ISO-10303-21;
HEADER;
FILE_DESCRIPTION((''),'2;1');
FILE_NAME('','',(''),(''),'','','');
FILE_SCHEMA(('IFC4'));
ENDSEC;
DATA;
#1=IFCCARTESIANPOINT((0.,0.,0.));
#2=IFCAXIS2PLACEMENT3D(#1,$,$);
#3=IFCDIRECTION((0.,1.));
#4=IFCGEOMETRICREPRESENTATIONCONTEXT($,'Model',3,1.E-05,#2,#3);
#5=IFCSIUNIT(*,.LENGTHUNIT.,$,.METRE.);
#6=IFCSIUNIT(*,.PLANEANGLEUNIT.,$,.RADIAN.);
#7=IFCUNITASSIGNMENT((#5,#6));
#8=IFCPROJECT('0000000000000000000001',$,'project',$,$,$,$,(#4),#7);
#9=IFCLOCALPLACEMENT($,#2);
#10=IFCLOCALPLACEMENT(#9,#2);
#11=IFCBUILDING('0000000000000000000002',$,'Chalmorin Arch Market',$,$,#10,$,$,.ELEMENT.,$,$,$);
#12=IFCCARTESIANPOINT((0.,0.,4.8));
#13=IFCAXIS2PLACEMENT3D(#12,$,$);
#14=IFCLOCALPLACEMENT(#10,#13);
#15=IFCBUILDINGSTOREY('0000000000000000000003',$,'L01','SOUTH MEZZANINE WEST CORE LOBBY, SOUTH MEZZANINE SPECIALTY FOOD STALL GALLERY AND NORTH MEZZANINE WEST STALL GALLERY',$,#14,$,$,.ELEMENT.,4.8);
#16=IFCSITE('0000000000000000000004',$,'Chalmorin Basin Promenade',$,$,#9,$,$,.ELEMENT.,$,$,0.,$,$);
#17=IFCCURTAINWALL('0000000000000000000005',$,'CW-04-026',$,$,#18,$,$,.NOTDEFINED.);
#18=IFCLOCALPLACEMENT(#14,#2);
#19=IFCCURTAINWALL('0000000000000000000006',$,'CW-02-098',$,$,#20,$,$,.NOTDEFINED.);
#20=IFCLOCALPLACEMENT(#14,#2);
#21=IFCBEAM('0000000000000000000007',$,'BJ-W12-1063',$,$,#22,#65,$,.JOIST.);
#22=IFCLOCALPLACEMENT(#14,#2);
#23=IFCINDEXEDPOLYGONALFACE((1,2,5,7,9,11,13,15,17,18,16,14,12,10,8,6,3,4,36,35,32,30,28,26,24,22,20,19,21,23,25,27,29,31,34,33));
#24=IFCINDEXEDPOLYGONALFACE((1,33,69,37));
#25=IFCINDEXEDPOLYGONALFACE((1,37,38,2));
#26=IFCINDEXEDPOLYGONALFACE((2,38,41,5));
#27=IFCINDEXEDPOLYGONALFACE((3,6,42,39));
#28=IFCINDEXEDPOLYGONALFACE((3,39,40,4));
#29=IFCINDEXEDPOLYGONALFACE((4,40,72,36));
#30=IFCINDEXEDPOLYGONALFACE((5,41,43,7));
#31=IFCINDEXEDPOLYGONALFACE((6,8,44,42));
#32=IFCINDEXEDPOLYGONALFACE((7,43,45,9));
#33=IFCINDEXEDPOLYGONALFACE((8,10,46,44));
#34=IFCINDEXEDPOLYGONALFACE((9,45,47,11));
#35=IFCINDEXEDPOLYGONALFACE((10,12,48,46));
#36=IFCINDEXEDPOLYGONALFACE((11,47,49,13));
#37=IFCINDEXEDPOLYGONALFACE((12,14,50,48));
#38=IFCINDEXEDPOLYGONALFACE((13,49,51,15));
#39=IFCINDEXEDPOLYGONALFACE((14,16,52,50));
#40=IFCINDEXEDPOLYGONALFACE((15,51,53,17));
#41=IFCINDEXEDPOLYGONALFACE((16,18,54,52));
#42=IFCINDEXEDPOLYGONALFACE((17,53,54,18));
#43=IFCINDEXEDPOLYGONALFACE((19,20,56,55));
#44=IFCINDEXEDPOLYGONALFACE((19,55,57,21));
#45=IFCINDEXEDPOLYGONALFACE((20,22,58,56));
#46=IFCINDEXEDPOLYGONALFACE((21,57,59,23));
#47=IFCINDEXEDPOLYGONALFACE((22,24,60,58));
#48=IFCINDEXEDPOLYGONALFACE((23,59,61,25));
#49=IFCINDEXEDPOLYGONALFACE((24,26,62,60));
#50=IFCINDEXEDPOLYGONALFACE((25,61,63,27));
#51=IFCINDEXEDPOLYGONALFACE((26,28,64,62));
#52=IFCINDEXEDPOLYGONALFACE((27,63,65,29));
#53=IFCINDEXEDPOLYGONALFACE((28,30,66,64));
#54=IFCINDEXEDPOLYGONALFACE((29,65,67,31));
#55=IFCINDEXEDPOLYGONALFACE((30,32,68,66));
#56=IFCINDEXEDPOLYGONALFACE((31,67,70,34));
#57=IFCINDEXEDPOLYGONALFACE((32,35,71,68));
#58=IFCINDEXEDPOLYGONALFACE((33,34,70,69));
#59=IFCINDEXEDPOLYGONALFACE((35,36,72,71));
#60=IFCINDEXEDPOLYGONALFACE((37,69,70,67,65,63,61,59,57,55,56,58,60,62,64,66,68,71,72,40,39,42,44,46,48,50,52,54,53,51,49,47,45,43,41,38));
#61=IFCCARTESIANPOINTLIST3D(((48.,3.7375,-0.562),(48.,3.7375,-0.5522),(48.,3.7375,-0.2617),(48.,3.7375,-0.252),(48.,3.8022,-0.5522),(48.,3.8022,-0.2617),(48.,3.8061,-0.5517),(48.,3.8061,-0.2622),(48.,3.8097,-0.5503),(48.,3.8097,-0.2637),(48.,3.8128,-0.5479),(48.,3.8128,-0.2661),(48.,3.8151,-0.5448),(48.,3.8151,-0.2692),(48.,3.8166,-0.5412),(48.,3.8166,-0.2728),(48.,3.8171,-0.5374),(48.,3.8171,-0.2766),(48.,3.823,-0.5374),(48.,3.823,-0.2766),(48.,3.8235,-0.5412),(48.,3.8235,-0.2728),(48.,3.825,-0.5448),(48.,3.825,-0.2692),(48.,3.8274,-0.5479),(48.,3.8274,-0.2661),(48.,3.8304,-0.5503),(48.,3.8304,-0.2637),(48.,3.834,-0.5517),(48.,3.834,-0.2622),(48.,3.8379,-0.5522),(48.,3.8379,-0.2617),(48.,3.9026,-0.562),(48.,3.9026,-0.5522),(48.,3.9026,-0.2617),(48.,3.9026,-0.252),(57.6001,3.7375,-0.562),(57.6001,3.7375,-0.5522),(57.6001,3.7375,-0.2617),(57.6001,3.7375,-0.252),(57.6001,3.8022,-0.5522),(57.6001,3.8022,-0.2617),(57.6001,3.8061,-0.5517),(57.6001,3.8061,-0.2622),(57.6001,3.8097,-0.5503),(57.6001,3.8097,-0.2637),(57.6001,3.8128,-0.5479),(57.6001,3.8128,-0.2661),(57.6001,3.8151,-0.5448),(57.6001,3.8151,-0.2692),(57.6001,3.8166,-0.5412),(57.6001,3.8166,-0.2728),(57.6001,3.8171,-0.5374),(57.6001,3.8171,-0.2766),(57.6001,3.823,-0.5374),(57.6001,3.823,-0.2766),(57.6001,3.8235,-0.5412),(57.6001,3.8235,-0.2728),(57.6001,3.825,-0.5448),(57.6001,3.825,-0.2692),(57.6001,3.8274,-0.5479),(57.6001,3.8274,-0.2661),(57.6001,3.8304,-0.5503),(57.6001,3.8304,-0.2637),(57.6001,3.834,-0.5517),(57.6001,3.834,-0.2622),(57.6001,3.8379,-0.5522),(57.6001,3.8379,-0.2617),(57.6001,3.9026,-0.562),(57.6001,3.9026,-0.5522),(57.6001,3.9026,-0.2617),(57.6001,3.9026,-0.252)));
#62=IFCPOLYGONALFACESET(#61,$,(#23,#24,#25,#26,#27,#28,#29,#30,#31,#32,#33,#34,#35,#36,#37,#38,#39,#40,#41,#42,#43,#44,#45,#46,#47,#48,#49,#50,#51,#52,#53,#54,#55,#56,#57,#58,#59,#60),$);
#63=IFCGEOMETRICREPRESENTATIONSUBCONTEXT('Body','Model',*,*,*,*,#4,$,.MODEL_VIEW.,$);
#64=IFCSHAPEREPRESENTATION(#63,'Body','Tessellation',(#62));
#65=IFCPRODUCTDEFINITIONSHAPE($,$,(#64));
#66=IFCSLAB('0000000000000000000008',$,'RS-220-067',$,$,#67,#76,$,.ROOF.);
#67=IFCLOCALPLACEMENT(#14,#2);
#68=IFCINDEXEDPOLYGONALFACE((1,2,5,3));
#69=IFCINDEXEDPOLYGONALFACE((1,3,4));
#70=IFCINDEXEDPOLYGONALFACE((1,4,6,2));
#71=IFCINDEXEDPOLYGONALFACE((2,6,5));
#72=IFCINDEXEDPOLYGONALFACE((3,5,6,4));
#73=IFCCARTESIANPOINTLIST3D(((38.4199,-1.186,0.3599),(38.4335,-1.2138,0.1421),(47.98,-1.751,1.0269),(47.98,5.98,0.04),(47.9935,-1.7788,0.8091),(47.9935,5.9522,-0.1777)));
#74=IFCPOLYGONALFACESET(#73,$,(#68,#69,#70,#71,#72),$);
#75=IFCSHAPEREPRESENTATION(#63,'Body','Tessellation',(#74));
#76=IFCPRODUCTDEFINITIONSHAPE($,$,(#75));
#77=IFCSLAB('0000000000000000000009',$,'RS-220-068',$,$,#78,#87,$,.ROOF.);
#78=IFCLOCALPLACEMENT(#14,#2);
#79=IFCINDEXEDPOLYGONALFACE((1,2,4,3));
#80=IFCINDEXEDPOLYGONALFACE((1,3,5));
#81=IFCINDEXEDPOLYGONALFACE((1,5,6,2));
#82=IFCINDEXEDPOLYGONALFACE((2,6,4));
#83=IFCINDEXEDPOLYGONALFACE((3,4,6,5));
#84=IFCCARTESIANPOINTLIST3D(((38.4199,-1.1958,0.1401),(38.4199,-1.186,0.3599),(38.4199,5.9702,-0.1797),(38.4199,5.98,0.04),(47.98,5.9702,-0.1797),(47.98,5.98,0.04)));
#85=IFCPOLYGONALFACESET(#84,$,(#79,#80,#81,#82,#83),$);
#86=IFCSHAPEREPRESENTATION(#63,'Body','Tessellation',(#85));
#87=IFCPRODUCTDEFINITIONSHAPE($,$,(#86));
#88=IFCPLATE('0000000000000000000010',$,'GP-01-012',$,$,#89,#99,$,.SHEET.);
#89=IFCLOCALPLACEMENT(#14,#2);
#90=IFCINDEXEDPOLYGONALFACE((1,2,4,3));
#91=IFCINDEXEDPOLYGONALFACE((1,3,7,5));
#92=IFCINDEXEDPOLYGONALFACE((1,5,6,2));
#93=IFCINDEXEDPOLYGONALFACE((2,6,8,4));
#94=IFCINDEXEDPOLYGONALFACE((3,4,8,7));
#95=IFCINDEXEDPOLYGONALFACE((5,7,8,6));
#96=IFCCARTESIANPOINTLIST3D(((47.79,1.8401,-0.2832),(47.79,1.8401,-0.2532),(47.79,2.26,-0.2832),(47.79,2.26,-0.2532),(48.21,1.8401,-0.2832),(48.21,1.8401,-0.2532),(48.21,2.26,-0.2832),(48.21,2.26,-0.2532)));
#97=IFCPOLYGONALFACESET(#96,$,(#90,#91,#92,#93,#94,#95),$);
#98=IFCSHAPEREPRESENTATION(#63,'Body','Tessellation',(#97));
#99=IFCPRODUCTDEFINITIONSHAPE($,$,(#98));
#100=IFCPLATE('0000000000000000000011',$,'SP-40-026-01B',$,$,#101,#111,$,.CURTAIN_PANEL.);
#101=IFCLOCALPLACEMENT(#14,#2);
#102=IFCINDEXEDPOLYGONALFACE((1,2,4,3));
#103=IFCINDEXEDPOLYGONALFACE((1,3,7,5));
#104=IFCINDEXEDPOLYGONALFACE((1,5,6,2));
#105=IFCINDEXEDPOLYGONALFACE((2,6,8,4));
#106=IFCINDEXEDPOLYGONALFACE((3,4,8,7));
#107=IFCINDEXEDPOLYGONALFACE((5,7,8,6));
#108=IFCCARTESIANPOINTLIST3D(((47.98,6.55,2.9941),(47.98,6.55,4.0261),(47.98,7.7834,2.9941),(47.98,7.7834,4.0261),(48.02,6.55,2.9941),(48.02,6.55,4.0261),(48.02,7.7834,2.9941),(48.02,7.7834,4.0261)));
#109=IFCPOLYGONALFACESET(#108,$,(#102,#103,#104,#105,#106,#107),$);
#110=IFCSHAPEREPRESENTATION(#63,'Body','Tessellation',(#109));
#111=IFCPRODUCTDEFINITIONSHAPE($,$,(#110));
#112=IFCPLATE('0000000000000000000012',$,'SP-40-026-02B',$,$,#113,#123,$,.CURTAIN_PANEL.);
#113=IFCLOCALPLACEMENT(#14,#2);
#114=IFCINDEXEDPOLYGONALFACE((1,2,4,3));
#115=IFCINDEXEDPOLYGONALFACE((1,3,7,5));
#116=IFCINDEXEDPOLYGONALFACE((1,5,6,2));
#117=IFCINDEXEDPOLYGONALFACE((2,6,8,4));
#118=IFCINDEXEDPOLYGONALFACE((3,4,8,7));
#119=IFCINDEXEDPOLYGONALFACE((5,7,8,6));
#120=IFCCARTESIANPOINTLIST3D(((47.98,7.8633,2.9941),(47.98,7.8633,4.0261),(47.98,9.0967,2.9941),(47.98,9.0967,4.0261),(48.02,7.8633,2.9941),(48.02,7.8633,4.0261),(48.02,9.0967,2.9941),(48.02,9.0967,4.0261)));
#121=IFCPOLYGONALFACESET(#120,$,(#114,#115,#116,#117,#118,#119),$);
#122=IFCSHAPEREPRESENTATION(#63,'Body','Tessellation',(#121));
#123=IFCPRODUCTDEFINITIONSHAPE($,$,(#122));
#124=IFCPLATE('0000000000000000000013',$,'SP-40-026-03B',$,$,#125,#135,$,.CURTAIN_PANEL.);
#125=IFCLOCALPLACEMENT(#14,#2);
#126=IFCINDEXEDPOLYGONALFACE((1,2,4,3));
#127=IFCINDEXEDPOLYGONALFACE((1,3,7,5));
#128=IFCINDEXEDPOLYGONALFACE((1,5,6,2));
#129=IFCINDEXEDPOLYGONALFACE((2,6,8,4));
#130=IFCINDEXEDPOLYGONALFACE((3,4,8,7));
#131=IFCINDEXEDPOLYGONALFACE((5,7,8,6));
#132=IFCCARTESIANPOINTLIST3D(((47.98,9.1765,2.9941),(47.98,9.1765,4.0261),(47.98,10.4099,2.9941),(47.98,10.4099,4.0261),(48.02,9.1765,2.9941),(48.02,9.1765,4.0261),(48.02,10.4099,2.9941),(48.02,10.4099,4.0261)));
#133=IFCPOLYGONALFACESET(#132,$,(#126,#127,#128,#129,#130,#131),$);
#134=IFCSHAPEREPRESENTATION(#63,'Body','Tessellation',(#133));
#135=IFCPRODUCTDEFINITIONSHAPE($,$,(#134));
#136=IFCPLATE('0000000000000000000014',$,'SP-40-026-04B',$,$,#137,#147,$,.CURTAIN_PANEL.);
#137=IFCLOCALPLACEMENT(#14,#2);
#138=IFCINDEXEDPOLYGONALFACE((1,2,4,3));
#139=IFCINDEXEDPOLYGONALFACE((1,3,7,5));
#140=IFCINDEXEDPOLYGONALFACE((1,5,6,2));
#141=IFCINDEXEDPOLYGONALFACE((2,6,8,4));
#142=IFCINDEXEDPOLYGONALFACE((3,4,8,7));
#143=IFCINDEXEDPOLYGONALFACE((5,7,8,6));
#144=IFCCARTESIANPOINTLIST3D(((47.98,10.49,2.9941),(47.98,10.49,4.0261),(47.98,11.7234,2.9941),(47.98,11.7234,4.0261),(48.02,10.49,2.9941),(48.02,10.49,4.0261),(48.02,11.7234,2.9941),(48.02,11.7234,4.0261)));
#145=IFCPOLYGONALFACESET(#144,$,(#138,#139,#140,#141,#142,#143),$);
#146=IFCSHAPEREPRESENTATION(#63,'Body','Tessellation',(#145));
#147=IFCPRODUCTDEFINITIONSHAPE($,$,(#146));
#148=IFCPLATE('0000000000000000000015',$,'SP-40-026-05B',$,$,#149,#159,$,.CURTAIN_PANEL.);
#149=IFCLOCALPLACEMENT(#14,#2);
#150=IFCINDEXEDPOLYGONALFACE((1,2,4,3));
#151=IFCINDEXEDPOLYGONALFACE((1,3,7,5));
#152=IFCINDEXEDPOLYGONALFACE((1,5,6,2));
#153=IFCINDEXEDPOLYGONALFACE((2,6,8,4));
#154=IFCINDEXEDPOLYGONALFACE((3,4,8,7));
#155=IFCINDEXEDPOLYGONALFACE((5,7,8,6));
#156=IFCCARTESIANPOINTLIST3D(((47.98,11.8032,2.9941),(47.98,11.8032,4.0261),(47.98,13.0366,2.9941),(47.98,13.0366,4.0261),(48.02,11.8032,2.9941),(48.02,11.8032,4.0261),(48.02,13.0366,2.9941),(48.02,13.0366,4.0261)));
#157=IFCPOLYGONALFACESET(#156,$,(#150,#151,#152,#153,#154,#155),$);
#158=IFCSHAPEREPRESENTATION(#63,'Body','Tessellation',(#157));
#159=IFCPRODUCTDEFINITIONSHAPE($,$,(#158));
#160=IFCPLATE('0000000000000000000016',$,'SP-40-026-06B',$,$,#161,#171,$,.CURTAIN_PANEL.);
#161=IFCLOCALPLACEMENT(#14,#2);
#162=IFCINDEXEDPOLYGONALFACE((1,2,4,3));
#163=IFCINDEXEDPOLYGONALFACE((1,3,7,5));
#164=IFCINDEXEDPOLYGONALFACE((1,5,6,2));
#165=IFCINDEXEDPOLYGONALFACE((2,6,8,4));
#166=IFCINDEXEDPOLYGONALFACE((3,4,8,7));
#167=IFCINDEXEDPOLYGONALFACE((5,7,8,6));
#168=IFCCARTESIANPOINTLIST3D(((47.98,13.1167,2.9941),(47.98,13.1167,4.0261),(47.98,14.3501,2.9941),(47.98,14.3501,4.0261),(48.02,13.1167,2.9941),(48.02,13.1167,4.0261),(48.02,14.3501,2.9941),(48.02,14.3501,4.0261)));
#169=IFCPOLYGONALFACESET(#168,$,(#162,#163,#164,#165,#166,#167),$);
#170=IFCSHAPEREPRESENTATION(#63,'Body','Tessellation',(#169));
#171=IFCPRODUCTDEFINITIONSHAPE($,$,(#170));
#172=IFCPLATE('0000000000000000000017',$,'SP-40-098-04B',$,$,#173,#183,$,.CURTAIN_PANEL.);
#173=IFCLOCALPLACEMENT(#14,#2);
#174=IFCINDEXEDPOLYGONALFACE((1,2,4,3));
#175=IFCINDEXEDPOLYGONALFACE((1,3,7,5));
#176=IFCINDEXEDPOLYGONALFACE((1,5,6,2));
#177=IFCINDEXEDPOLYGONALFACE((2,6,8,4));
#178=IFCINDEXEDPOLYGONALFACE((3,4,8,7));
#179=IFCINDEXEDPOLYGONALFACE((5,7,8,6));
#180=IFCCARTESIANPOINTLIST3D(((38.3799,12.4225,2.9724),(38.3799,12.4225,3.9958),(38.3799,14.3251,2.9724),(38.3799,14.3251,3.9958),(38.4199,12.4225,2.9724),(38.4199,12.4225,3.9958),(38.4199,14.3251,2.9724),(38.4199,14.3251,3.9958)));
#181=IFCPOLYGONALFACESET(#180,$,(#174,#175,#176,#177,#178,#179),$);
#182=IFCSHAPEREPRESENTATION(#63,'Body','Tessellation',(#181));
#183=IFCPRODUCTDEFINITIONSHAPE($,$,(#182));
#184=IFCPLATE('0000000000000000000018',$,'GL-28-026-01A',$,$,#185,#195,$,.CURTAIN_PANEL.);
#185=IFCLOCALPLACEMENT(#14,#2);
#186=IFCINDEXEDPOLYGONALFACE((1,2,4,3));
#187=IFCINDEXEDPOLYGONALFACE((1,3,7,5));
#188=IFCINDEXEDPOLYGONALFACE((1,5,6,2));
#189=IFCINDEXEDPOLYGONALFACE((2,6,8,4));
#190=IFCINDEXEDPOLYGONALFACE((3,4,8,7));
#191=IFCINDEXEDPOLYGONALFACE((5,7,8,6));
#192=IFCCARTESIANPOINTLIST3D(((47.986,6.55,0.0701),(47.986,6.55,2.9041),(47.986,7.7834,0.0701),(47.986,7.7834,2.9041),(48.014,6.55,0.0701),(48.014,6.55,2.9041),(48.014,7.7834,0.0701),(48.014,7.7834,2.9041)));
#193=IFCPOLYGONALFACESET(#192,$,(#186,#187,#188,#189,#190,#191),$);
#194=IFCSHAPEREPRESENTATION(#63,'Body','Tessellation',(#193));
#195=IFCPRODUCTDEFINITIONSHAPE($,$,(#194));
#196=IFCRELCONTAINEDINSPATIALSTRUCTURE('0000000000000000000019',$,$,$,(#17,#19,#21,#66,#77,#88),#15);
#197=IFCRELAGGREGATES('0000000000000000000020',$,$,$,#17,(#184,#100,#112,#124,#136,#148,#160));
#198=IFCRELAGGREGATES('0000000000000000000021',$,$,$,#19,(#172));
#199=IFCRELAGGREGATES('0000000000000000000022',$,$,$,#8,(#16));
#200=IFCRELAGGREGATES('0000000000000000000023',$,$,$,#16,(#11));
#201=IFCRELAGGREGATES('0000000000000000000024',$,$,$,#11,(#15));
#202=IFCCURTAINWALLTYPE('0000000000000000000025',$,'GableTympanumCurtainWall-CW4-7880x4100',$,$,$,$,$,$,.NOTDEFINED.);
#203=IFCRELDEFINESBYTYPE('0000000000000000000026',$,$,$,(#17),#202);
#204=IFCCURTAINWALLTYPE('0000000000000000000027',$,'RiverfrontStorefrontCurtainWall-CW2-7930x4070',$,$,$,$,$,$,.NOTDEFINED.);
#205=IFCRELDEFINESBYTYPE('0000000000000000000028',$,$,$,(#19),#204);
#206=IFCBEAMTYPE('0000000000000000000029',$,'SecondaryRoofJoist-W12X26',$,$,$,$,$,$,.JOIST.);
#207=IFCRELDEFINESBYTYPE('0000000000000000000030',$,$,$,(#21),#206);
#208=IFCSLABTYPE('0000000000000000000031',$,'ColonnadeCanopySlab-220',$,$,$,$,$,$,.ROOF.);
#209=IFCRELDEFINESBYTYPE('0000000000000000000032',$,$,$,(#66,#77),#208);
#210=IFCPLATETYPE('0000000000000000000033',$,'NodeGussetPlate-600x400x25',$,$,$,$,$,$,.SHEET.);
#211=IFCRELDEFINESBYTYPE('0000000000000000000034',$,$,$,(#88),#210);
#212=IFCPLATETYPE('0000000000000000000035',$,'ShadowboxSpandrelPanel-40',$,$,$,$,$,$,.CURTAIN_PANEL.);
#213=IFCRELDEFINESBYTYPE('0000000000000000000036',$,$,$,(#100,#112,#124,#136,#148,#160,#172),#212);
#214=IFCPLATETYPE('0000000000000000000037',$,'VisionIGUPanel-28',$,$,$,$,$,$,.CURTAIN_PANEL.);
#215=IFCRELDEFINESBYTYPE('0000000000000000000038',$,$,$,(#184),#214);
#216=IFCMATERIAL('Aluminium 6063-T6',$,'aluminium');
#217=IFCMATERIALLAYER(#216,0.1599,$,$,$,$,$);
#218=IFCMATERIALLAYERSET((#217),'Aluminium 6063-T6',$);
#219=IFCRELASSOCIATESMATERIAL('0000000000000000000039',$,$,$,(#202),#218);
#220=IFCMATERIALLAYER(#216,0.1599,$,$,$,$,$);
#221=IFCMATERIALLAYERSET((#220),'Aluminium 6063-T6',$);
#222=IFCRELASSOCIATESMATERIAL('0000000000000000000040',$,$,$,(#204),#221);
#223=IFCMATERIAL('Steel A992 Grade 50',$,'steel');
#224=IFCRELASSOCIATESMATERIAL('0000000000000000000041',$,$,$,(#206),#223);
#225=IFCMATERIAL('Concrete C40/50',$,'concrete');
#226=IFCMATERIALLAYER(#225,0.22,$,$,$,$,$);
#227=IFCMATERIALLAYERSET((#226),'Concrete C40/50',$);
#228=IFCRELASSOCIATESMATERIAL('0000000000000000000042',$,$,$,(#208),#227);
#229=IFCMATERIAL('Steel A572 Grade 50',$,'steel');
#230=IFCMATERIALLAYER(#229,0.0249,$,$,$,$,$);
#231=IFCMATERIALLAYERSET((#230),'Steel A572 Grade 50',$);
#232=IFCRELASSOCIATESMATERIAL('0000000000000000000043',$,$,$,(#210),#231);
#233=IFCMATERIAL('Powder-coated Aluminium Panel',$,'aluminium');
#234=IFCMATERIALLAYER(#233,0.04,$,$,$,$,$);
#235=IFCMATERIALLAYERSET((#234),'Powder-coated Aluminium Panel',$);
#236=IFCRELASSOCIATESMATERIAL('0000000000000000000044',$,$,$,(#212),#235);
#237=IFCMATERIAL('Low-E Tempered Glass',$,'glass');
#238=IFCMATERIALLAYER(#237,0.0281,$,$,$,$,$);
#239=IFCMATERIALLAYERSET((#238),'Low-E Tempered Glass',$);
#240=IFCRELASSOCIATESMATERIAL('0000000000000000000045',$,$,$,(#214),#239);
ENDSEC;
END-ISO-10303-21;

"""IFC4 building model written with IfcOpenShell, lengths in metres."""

from ifc_helpers import new_model, si_unit, direction, frame, origin, origin_2d, place, context, subcontext, project, spatial, polyline, rectangle, i_section, outline, extrude, material, layer, layer_set, material_profile, profile_set, type_object, element, aggregate, save


model = new_model("IFC4")

# Units and contexts
model_context = context("Model", 3, precision=1e-05, world=origin(), true_north=direction((0.0, 1.0)))
body_context = subcontext(model_context, "Body", "Model", "MODEL_VIEW")
ifc_project = project(units=[si_unit("LENGTHUNIT", "METRE"), si_unit("PLANEANGLEUNIT", "RADIAN")], contexts=[model_context])

# Site, building, storey
site_placement = place(None, origin())
site = spatial("IfcSite", under=ifc_project, at=site_placement, Name="Chalmorin Basin Promenade", CompositionType="ELEMENT", RefElevation=0.0)
building_placement = place(site_placement, origin())
building = spatial("IfcBuilding", under=site, at=building_placement, Name="Chalmorin Arch Market", CompositionType="ELEMENT")
storey_placement = place(building_placement, frame((0.0, 0.0, 4.8)))
storey = spatial("IfcBuildingStorey", under=building, at=storey_placement, Name="L01", Description="SOUTH MEZZANINE WEST CORE LOBBY, SOUTH MEZZANINE SPECIALTY FOOD STALL GALLERY AND NORTH MEZZANINE WEST STALL GALLERY", CompositionType="ELEMENT", Elevation=4.8)

# Shared definitions
ifc_material_1 = material(Name="Concrete C40/50", Category="concrete")

# Curtain walls
ifc_material_2 = material(Name="Aluminium 6063-T6", Category="aluminium")
ifc_layer_1 = layer(ifc_material_2, 0.1599)
ifc_layer_set_1 = layer_set([ifc_layer_1], Name="Aluminium 6063-T6")
curtain_wall_type_1 = type_object("IfcCurtainWallType", Name="GableTympanumCurtainWall-CW4-7880x4100", PredefinedType="NOTDEFINED", material=ifc_layer_set_1)
curtain_wall_1_placement = place(storey_placement, origin())
curtain_wall_1 = element("IfcCurtainWall", 1, at=curtain_wall_1_placement, inside=storey, type_object=curtain_wall_type_1, Name="CW-04-026", PredefinedType="NOTDEFINED")
ifc_layer_2 = layer(ifc_material_2, 0.1599)
ifc_layer_set_2 = layer_set([ifc_layer_2], Name="Aluminium 6063-T6")
curtain_wall_type_2 = type_object("IfcCurtainWallType", Name="RiverfrontStorefrontCurtainWall-CW2-7930x4070", PredefinedType="NOTDEFINED", material=ifc_layer_set_2)
curtain_wall_2_placement = place(storey_placement, origin())
curtain_wall_2 = element("IfcCurtainWall", 2, at=curtain_wall_2_placement, inside=storey, type_object=curtain_wall_type_2, Name="CW-02-098", PredefinedType="NOTDEFINED")

# Beam
ifc_material_3 = material(Name="Steel A992 Grade 50", Category="steel")
ifc_material_profile_1 = material_profile(ifc_material_3, i_section(OverallWidth=0.165, OverallDepth=0.3101, WebThickness=0.0059, FlangeThickness=0.0098, FilletRadius=0.0149, at=origin_2d()), Name="W12X26")
ifc_profile_set_1 = profile_set([ifc_material_profile_1], Name="Steel A992 Grade 50")
beam_type_1 = type_object("IfcBeamType", Name="SecondaryRoofJoist-W12X26", PredefinedType="JOIST", material=ifc_profile_set_1)
for number, where, z_axis, x_axis, name in (
    (3, (48.0, 3.8201, -0.407), (1.0, 0.0, 0.0), (0.0, 1.0, 0.0), "BJ-W12-1063"),
):
    element("IfcBeam", number, at=place(storey_placement, frame(where, z_axis=z_axis, x_axis=x_axis)), inside=storey, type_object=beam_type_1, Name=name, PredefinedType="JOIST", context=body_context, shape_type="SweptSolid", body=[
        extrude(i_section(OverallWidth=0.165, OverallDepth=0.3101, WebThickness=0.0059, FlangeThickness=0.0098, FilletRadius=0.0149, at=origin_2d()), origin(), (0.0, 0.0, 1.0), 9.6001),
    ])

# Slabs
ifc_layer_3 = layer(ifc_material_1, 0.22)
ifc_layer_set_3 = layer_set([ifc_layer_3], Name="Concrete C40/50")
slab_type = type_object("IfcSlabType", Name="ColonnadeCanopySlab-220", PredefinedType="ROOF", material=ifc_layer_set_3)
slab_1_placement = place(storey_placement, frame((38.4199, -1.186, 0.3599), z_axis=(-0.061608, 0.126377, 0.990067), x_axis=(0.995846, -0.058848, 0.069479)))
element("IfcSlab", 4, at=slab_1_placement, inside=storey, type_object=slab_type, Name="RS-220-067", PredefinedType="ROOF", context=body_context, shape_type="SweptSolid", body=[
    extrude(outline(polyline([(0.0, 0.0), (9.5999, 0.0), (9.0764, 7.7761), (0.0, 0.0)])), origin(), (0.0, 0.0, -1.0), 0.22),
])
slab_2_placement = place(storey_placement, frame((38.4199, -1.186, 0.3599), z_axis=(0.0, 0.044586, 0.999006), x_axis=(0.799875, 0.599569, -0.026759)))
element("IfcSlab", 5, at=slab_2_placement, inside=storey, type_object=slab_type, Name="RS-220-068", PredefinedType="ROOF", context=body_context, shape_type="SweptSolid", body=[
    extrude(outline(polyline([(0.0, 0.0), (11.9519, 0.0), (4.3051, 5.7376), (0.0, 0.0)])), origin(), (0.0, 0.0, -1.0), 0.22),
])

# Plates
ifc_material_4 = material(Name="Steel A572 Grade 50", Category="steel")
ifc_layer_4 = layer(ifc_material_4, 0.0249)
ifc_layer_set_4 = layer_set([ifc_layer_4], Name="Steel A572 Grade 50")
plate_type_1 = type_object("IfcPlateType", Name="NodeGussetPlate-600x400x25", PredefinedType="SHEET", material=ifc_layer_set_4)
plate_1_placement = place(storey_placement, frame((48.0, 2.05, -0.2832), z_axis=(0.0, 0.0, 1.0), x_axis=(1.0, 0.0, 0.0)))
element("IfcPlate", 6, at=plate_1_placement, inside=storey, type_object=plate_type_1, Name="GP-01-012", PredefinedType="SHEET", context=body_context, shape_type="SweptSolid", body=[
    extrude(rectangle(XDim=0.4199, YDim=0.4199, at=origin_2d()), origin(), (0.0, 0.0, 1.0), 0.03),
])
ifc_material_5 = material(Name="Powder-coated Aluminium Panel", Category="aluminium")
ifc_layer_5 = layer(ifc_material_5, 0.04)
ifc_layer_set_5 = layer_set([ifc_layer_5], Name="Powder-coated Aluminium Panel")
plate_type_2 = type_object("IfcPlateType", Name="ShadowboxSpandrelPanel-40", PredefinedType="CURTAIN_PANEL", material=ifc_layer_set_5)
plate_2_placement = place(storey_placement, frame((48.0, 7.1667, 2.9941), z_axis=(0.0, 0.0, 1.0), x_axis=(0.0, 1.0, 0.0)))
plate_2 = element("IfcPlate", 7, at=plate_2_placement, type_object=plate_type_2, Name="SP-40-026-01B", PredefinedType="CURTAIN_PANEL", context=body_context, shape_type="SweptSolid", body=[
    extrude(rectangle(XDim=1.2334, YDim=0.04, at=origin_2d()), origin(), (0.0, 0.0, 1.0), 1.032),
])
plate_3_placement = place(storey_placement, frame((48.0, 8.48, 2.9941), z_axis=(0.0, 0.0, 1.0), x_axis=(0.0, 1.0, 0.0)))
plate_3 = element("IfcPlate", 8, at=plate_3_placement, type_object=plate_type_2, Name="SP-40-026-02B", PredefinedType="CURTAIN_PANEL", context=body_context, shape_type="SweptSolid", body=[
    extrude(rectangle(XDim=1.2334, YDim=0.04, at=origin_2d()), origin(), (0.0, 0.0, 1.0), 1.032),
])
plate_4_placement = place(storey_placement, frame((48.0, 9.7932, 2.9941), z_axis=(0.0, 0.0, 1.0), x_axis=(0.0, 1.0, 0.0)))
plate_4 = element("IfcPlate", 9, at=plate_4_placement, type_object=plate_type_2, Name="SP-40-026-03B", PredefinedType="CURTAIN_PANEL", context=body_context, shape_type="SweptSolid", body=[
    extrude(rectangle(XDim=1.2334, YDim=0.04, at=origin_2d()), origin(), (0.0, 0.0, 1.0), 1.032),
])
plate_5_placement = place(storey_placement, frame((48.0, 11.1067, 2.9941), z_axis=(0.0, 0.0, 1.0), x_axis=(0.0, 1.0, 0.0)))
plate_5 = element("IfcPlate", 10, at=plate_5_placement, type_object=plate_type_2, Name="SP-40-026-04B", PredefinedType="CURTAIN_PANEL", context=body_context, shape_type="SweptSolid", body=[
    extrude(rectangle(XDim=1.2334, YDim=0.04, at=origin_2d()), origin(), (0.0, 0.0, 1.0), 1.032),
])
plate_6_placement = place(storey_placement, frame((48.0, 12.4199, 2.9941), z_axis=(0.0, 0.0, 1.0), x_axis=(0.0, 1.0, 0.0)))
plate_6 = element("IfcPlate", 11, at=plate_6_placement, type_object=plate_type_2, Name="SP-40-026-05B", PredefinedType="CURTAIN_PANEL", context=body_context, shape_type="SweptSolid", body=[
    extrude(rectangle(XDim=1.2334, YDim=0.04, at=origin_2d()), origin(), (0.0, 0.0, 1.0), 1.032),
])
plate_7_placement = place(storey_placement, frame((48.0, 13.7334, 2.9941), z_axis=(0.0, 0.0, 1.0), x_axis=(0.0, 1.0, 0.0)))
plate_7 = element("IfcPlate", 12, at=plate_7_placement, type_object=plate_type_2, Name="SP-40-026-06B", PredefinedType="CURTAIN_PANEL", context=body_context, shape_type="SweptSolid", body=[
    extrude(rectangle(XDim=1.2334, YDim=0.04, at=origin_2d()), origin(), (0.0, 0.0, 1.0), 1.032),
])
plate_8_placement = place(storey_placement, frame((38.3999, 13.3738, 2.9724), z_axis=(0.0, 0.0, 1.0), x_axis=(0.0, 1.0, 0.0)))
plate_8 = element("IfcPlate", 13, at=plate_8_placement, type_object=plate_type_2, Name="SP-40-098-04B", PredefinedType="CURTAIN_PANEL", context=body_context, shape_type="SweptSolid", body=[
    extrude(rectangle(XDim=1.9026, YDim=0.04, at=origin_2d()), origin(), (0.0, 0.0, 1.0), 1.0234),
])
ifc_material_6 = material(Name="Low-E Tempered Glass", Category="glass")
ifc_layer_6 = layer(ifc_material_6, 0.0281)
ifc_layer_set_6 = layer_set([ifc_layer_6], Name="Low-E Tempered Glass")
plate_type_3 = type_object("IfcPlateType", Name="VisionIGUPanel-28", PredefinedType="CURTAIN_PANEL", material=ifc_layer_set_6)
plate_9_placement = place(storey_placement, frame((48.0, 7.1667, 0.0701), z_axis=(0.0, 0.0, 1.0), x_axis=(0.0, 1.0, 0.0)))
plate_9 = element("IfcPlate", 14, at=plate_9_placement, type_object=plate_type_3, Name="GL-28-026-01A", PredefinedType="CURTAIN_PANEL", context=body_context, shape_type="SweptSolid", body=[
    extrude(rectangle(XDim=1.2334, YDim=0.0281, at=origin_2d()), origin(), (0.0, 0.0, 1.0), 2.834),
])
aggregate(curtain_wall_1, [plate_9, plate_2, plate_3, plate_4, plate_5, plate_6, plate_7])
aggregate(curtain_wall_2, [plate_8])

save(model, "model.ifc")
